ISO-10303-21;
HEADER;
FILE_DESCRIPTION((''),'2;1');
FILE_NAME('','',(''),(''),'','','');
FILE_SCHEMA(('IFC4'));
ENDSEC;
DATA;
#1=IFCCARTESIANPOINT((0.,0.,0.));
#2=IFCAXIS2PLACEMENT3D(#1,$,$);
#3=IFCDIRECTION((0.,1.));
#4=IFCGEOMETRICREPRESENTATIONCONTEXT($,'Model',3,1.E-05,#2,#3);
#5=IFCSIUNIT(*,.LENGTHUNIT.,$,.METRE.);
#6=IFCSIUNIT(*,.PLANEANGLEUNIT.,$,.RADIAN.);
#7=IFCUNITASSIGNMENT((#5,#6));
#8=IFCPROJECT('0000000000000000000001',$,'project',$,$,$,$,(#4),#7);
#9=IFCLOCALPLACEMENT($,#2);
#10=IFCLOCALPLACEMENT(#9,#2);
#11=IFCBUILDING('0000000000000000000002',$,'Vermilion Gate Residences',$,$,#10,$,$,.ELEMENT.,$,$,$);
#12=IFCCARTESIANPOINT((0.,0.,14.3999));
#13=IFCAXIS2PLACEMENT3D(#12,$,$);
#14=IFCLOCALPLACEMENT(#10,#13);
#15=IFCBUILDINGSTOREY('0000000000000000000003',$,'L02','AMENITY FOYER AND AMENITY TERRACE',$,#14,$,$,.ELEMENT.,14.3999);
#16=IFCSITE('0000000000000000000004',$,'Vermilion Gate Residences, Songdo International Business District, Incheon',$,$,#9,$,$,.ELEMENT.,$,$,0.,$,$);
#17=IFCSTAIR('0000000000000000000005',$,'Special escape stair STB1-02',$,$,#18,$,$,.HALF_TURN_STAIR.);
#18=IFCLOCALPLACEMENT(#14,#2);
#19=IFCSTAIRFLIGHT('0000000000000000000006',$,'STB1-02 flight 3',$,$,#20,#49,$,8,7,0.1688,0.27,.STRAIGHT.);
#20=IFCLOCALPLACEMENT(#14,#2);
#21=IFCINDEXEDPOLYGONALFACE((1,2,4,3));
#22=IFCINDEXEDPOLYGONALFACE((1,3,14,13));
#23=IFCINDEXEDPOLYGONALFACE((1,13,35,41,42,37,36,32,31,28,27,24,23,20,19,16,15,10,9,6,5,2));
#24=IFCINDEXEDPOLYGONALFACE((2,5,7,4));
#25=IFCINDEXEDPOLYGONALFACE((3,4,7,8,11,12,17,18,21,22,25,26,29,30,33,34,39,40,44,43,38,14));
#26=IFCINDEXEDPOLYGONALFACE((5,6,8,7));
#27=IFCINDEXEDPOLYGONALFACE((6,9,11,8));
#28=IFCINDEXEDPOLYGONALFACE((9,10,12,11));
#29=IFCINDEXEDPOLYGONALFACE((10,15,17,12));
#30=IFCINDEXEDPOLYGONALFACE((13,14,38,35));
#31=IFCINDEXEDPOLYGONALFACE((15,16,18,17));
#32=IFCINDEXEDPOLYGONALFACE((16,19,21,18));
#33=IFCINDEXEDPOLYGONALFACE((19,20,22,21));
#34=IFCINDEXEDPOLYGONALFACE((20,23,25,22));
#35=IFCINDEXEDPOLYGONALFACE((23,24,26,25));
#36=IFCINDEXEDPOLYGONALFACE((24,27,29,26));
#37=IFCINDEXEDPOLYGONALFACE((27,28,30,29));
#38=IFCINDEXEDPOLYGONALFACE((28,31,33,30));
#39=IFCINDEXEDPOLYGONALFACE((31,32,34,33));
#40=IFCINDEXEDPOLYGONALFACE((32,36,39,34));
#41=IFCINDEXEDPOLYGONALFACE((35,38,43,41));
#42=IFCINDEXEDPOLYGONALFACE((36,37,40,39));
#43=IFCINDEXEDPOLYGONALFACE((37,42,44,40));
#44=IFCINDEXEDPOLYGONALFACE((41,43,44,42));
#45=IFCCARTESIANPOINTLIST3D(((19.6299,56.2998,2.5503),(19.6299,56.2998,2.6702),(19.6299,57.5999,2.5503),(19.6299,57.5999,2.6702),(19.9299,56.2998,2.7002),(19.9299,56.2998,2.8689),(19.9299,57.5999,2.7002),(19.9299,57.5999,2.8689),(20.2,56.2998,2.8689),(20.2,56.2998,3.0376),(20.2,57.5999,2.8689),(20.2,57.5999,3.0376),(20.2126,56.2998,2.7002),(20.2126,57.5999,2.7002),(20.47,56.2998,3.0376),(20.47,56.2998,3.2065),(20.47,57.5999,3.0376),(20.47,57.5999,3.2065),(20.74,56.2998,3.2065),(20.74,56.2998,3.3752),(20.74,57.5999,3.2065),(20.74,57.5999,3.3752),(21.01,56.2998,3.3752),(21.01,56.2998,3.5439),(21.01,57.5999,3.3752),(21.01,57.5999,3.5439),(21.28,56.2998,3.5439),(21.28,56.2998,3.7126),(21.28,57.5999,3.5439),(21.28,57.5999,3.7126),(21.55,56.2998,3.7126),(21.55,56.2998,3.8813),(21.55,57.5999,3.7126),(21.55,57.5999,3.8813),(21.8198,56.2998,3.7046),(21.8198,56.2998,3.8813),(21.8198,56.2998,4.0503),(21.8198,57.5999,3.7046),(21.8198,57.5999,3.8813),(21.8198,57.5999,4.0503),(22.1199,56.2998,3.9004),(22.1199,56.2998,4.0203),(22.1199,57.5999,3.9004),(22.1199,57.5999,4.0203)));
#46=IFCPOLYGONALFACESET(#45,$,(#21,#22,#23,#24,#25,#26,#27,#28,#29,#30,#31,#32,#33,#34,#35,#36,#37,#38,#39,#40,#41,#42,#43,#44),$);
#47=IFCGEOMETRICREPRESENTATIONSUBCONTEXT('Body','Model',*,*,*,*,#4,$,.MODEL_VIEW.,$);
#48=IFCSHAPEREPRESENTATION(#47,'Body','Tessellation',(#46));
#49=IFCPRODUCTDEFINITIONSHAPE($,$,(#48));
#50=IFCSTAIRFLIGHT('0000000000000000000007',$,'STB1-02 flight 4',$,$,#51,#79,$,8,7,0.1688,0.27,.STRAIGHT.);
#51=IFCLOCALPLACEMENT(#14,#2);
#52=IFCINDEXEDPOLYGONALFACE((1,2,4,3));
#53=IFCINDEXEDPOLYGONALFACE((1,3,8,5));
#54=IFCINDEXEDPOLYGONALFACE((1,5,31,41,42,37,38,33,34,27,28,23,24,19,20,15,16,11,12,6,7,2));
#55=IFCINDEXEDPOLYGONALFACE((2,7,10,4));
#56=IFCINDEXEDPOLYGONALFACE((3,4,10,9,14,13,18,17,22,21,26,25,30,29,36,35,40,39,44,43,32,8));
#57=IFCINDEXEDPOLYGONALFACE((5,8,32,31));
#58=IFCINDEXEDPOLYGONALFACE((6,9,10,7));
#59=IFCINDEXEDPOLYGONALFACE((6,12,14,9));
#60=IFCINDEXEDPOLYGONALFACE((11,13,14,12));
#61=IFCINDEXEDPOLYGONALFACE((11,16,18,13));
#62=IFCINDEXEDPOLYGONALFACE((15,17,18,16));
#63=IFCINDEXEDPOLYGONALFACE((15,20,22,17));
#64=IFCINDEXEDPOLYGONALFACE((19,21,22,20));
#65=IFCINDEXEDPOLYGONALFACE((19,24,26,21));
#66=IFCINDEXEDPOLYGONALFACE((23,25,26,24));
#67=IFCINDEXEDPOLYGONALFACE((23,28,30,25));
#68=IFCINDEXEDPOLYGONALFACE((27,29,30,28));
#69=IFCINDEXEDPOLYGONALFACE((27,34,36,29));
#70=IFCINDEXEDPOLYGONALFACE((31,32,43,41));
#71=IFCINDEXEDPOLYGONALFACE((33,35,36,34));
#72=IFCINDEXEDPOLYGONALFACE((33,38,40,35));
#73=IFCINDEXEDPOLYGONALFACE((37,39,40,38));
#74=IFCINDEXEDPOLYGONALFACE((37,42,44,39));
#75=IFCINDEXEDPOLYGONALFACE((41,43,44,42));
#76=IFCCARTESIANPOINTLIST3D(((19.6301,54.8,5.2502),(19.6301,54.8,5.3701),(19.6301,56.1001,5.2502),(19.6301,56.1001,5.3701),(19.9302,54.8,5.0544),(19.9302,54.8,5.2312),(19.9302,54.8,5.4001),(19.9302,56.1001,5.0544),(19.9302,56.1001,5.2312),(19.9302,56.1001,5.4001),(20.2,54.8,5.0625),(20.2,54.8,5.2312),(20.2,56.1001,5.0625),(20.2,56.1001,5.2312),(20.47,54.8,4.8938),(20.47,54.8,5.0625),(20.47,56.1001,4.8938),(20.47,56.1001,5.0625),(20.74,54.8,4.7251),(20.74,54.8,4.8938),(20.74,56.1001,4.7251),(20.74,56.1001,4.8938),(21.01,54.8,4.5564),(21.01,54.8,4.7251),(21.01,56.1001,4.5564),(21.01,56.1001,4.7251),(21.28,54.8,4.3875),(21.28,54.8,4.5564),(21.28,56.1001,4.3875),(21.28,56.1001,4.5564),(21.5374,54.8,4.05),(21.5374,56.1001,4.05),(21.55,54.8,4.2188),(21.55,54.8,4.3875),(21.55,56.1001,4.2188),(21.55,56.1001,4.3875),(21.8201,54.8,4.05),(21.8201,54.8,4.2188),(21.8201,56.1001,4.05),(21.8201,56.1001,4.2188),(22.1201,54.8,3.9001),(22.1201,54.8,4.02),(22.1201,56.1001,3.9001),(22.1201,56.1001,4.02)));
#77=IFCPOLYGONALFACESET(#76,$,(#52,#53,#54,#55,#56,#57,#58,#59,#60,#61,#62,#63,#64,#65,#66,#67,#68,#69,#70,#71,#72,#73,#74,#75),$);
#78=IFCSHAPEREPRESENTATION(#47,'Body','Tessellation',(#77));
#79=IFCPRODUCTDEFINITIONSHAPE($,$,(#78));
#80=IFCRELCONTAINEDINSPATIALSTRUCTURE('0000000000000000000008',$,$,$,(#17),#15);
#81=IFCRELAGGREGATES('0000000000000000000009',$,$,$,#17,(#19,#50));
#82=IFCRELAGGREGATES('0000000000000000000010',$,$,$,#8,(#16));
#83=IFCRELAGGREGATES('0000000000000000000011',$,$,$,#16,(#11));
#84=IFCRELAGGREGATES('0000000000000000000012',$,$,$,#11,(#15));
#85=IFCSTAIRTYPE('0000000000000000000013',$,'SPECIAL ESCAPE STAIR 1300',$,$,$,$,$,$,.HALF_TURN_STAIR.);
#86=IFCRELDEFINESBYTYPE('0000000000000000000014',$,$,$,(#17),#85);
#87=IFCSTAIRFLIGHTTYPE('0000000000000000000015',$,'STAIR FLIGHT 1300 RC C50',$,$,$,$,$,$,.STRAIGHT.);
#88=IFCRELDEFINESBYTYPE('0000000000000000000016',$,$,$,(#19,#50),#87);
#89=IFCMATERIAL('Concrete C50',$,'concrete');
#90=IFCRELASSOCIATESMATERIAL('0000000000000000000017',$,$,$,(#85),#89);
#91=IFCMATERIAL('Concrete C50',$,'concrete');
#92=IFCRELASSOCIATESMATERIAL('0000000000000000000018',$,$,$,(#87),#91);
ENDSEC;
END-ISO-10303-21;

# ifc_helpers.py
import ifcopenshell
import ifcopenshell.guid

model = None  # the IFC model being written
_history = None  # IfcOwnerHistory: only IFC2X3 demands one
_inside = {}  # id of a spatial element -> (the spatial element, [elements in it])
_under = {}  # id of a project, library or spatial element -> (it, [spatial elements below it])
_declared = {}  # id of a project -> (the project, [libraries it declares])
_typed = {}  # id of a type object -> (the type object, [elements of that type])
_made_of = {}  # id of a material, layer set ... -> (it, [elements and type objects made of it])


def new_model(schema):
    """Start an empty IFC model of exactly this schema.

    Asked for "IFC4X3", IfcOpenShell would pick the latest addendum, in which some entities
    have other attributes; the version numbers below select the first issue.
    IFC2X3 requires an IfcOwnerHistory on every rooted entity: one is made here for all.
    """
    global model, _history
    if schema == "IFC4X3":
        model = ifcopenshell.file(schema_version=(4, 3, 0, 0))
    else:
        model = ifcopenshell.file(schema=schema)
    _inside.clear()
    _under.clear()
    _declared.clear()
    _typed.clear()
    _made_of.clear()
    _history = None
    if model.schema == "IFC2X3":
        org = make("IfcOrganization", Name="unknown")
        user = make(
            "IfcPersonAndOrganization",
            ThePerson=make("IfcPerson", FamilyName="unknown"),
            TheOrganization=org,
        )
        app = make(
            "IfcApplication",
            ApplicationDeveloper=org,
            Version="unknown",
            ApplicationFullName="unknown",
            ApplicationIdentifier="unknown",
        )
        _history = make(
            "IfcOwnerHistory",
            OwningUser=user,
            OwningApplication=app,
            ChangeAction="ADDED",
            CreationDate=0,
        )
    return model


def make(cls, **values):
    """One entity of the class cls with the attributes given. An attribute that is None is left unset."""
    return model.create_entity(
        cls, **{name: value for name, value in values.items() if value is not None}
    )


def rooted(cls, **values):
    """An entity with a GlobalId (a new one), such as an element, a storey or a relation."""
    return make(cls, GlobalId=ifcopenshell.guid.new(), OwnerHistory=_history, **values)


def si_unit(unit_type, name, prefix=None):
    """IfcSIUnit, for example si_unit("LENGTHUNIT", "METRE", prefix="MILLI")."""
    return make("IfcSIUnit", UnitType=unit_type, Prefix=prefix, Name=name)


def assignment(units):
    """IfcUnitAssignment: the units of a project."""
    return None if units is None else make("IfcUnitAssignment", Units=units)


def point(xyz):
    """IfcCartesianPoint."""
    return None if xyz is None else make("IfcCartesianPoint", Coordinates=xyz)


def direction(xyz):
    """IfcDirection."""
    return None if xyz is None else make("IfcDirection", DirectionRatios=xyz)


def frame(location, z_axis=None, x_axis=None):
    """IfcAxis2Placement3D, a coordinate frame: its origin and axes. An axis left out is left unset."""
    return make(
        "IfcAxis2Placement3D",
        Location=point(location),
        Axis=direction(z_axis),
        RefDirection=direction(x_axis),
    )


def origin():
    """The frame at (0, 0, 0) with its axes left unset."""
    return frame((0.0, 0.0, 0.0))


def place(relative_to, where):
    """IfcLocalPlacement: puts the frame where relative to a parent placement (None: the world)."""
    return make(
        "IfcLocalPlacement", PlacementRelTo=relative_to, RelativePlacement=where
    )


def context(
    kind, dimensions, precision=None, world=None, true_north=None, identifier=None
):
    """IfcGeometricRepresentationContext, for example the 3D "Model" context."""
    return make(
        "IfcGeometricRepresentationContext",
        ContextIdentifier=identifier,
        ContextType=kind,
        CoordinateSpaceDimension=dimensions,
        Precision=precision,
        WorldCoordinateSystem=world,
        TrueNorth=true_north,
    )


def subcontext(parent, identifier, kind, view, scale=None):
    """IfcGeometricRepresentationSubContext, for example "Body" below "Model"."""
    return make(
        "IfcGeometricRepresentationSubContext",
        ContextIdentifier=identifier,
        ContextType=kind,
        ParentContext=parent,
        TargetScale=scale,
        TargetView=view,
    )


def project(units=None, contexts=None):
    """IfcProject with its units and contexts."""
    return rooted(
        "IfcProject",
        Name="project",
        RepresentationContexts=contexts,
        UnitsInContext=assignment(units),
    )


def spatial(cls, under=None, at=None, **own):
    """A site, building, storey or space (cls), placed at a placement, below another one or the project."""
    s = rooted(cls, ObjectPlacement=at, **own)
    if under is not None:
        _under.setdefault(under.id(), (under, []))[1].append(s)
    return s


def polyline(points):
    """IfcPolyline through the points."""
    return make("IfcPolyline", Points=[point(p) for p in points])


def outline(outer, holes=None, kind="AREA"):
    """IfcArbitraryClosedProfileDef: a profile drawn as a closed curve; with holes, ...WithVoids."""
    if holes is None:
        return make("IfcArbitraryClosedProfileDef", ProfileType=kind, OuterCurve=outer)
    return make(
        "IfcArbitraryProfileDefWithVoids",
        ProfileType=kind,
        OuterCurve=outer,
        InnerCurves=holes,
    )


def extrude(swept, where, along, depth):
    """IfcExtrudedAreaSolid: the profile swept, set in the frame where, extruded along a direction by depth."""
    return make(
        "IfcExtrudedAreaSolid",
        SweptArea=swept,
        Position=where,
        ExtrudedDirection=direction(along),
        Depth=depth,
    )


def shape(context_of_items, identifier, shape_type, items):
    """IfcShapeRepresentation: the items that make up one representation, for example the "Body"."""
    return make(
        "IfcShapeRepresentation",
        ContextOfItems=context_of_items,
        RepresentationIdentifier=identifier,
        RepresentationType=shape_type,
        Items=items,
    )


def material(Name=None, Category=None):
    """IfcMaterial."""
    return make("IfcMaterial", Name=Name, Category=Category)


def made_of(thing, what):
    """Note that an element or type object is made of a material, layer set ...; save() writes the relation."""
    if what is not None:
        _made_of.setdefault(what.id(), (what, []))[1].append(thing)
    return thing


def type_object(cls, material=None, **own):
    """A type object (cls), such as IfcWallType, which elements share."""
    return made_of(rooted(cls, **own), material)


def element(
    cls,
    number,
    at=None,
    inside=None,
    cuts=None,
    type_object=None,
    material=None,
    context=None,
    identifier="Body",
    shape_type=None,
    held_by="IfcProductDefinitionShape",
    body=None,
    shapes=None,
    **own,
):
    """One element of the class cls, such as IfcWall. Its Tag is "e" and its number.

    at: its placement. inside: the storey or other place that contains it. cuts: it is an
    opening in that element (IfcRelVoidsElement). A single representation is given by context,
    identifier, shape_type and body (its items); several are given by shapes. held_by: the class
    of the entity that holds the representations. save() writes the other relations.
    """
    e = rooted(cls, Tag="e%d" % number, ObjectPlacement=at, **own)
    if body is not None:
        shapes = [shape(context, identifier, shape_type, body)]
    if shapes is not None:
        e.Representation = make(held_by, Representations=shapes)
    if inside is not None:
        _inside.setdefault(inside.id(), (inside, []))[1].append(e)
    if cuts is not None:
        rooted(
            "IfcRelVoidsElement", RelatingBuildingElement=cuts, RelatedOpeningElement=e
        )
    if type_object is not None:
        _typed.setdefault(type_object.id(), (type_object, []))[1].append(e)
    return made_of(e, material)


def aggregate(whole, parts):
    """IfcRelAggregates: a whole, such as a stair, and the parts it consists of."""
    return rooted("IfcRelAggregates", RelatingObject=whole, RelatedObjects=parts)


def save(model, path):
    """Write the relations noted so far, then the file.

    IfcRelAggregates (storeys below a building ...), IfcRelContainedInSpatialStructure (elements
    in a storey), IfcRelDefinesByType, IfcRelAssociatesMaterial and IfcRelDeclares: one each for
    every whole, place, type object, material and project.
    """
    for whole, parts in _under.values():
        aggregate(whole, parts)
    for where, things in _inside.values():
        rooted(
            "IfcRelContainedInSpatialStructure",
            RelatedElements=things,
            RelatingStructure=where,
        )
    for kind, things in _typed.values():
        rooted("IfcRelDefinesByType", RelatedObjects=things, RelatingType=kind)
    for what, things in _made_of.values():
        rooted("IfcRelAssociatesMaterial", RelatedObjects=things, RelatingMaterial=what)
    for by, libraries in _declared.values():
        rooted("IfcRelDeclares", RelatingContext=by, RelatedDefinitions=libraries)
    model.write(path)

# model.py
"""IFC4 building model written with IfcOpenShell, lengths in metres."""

from ifc_helpers import new_model, si_unit, direction, frame, origin, place, context, subcontext, project, spatial, polyline, outline, extrude, material, type_object, element, aggregate, save


model = new_model("IFC4")

# Units and contexts
model_context = context("Model", 3, precision=1e-05, world=origin(), true_north=direction((0.0, 1.0)))
body_context = subcontext(model_context, "Body", "Model", "MODEL_VIEW")
ifc_project = project(units=[si_unit("LENGTHUNIT", "METRE"), si_unit("PLANEANGLEUNIT", "RADIAN")], contexts=[model_context])

# Site, building, storey
site_placement = place(None, origin())
site = spatial("IfcSite", under=ifc_project, at=site_placement, Name="Vermilion Gate Residences, Songdo International Business District, Incheon", CompositionType="ELEMENT", RefElevation=0.0)
building_placement = place(site_placement, origin())
building = spatial("IfcBuilding", under=site, at=building_placement, Name="Vermilion Gate Residences", CompositionType="ELEMENT")
storey_placement = place(building_placement, frame((0.0, 0.0, 14.3999)))
storey = spatial("IfcBuildingStorey", under=building, at=storey_placement, Name="L02", Description="AMENITY FOYER AND AMENITY TERRACE", CompositionType="ELEMENT", Elevation=14.3999)

# Stair, stair flights
ifc_material_1 = material(Name="Concrete C50", Category="concrete")
stair_type = type_object("IfcStairType", Name="SPECIAL ESCAPE STAIR 1300", PredefinedType="HALF_TURN_STAIR", material=ifc_material_1)
stair_placement = place(storey_placement, origin())
stair = element("IfcStair", 1, at=stair_placement, inside=storey, type_object=stair_type, Name="Special escape stair STB1-02", PredefinedType="HALF_TURN_STAIR")
ifc_material_2 = material(Name="Concrete C50", Category="concrete")
stair_flight_type = type_object("IfcStairFlightType", Name="STAIR FLIGHT 1300 RC C50", PredefinedType="STRAIGHT", material=ifc_material_2)
stair_flight_1_placement = place(storey_placement, frame((19.9299, 56.95, 2.7002), z_axis=(0.0, 0.0, 1.0), x_axis=(1.0, 0.0, 0.0)))
stair_flight_1 = element("IfcStairFlight", 2, at=stair_flight_1_placement, type_object=stair_flight_type, Name="STB1-02 flight 3", NumberOfRisers=8, NumberOfTreads=7, PredefinedType="STRAIGHT", RiserHeight=0.1688, TreadLength=0.27, context=body_context, shape_type="SweptSolid", body=[
    extrude(outline(polyline([(-0.3, -0.1499), (-0.3, -0.03), (0.0, 0.0), (0.0, 0.1687), (0.27, 0.1687), (0.27, 0.3374), (0.54, 0.3374), (0.54, 0.5063), (0.8101, 0.5063), (0.8101, 0.675), (1.0801, 0.675), (1.0801, 0.8438), (1.3501, 0.8438), (1.3501, 1.0125), (1.6201, 1.0125), (1.6201, 1.1812), (1.8899, 1.1812), (1.8899, 1.3501), (2.1899, 1.3201), (2.1899, 1.2002), (1.8899, 1.0044), (0.2827, 0.0), (-0.3, -0.1499)])), frame((0.0, 0.6499, 0.0), z_axis=(0.0, -1.0, 0.0), x_axis=(1.0, 0.0, 0.0)), (0.0, 0.0, 1.0), 1.3),
])
stair_flight_2_placement = place(storey_placement, frame((21.8201, 55.45, 4.05), z_axis=(0.0, 0.0, 1.0), x_axis=(-1.0, 0.0, 0.0)))
stair_flight_2 = element("IfcStairFlight", 3, at=stair_flight_2_placement, type_object=stair_flight_type, Name="STB1-02 flight 4", NumberOfRisers=8, NumberOfTreads=7, PredefinedType="STRAIGHT", RiserHeight=0.1688, TreadLength=0.27, context=body_context, shape_type="SweptSolid", body=[
    extrude(outline(polyline([(-0.3, -0.1499), (-0.3, -0.03), (0.0, 0.0), (0.0, 0.1687), (0.27, 0.1687), (0.27, 0.3374), (0.54, 0.3374), (0.54, 0.5063), (0.8101, 0.5063), (0.8101, 0.675), (1.0801, 0.675), (1.0801, 0.8438), (1.3501, 0.8438), (1.3501, 1.0125), (1.6201, 1.0125), (1.6201, 1.1812), (1.8899, 1.1812), (1.8899, 1.3501), (2.1899, 1.3201), (2.1899, 1.2002), (1.8899, 1.0044), (0.2827, 0.0), (-0.3, -0.1499)])), frame((0.0, 0.6499, 0.0), z_axis=(0.0, -1.0, 0.0), x_axis=(1.0, 0.0, 0.0)), (0.0, 0.0, 1.0), 1.3),
])
aggregate(stair, [stair_flight_1, stair_flight_2])

save(model, "model.ifc")
